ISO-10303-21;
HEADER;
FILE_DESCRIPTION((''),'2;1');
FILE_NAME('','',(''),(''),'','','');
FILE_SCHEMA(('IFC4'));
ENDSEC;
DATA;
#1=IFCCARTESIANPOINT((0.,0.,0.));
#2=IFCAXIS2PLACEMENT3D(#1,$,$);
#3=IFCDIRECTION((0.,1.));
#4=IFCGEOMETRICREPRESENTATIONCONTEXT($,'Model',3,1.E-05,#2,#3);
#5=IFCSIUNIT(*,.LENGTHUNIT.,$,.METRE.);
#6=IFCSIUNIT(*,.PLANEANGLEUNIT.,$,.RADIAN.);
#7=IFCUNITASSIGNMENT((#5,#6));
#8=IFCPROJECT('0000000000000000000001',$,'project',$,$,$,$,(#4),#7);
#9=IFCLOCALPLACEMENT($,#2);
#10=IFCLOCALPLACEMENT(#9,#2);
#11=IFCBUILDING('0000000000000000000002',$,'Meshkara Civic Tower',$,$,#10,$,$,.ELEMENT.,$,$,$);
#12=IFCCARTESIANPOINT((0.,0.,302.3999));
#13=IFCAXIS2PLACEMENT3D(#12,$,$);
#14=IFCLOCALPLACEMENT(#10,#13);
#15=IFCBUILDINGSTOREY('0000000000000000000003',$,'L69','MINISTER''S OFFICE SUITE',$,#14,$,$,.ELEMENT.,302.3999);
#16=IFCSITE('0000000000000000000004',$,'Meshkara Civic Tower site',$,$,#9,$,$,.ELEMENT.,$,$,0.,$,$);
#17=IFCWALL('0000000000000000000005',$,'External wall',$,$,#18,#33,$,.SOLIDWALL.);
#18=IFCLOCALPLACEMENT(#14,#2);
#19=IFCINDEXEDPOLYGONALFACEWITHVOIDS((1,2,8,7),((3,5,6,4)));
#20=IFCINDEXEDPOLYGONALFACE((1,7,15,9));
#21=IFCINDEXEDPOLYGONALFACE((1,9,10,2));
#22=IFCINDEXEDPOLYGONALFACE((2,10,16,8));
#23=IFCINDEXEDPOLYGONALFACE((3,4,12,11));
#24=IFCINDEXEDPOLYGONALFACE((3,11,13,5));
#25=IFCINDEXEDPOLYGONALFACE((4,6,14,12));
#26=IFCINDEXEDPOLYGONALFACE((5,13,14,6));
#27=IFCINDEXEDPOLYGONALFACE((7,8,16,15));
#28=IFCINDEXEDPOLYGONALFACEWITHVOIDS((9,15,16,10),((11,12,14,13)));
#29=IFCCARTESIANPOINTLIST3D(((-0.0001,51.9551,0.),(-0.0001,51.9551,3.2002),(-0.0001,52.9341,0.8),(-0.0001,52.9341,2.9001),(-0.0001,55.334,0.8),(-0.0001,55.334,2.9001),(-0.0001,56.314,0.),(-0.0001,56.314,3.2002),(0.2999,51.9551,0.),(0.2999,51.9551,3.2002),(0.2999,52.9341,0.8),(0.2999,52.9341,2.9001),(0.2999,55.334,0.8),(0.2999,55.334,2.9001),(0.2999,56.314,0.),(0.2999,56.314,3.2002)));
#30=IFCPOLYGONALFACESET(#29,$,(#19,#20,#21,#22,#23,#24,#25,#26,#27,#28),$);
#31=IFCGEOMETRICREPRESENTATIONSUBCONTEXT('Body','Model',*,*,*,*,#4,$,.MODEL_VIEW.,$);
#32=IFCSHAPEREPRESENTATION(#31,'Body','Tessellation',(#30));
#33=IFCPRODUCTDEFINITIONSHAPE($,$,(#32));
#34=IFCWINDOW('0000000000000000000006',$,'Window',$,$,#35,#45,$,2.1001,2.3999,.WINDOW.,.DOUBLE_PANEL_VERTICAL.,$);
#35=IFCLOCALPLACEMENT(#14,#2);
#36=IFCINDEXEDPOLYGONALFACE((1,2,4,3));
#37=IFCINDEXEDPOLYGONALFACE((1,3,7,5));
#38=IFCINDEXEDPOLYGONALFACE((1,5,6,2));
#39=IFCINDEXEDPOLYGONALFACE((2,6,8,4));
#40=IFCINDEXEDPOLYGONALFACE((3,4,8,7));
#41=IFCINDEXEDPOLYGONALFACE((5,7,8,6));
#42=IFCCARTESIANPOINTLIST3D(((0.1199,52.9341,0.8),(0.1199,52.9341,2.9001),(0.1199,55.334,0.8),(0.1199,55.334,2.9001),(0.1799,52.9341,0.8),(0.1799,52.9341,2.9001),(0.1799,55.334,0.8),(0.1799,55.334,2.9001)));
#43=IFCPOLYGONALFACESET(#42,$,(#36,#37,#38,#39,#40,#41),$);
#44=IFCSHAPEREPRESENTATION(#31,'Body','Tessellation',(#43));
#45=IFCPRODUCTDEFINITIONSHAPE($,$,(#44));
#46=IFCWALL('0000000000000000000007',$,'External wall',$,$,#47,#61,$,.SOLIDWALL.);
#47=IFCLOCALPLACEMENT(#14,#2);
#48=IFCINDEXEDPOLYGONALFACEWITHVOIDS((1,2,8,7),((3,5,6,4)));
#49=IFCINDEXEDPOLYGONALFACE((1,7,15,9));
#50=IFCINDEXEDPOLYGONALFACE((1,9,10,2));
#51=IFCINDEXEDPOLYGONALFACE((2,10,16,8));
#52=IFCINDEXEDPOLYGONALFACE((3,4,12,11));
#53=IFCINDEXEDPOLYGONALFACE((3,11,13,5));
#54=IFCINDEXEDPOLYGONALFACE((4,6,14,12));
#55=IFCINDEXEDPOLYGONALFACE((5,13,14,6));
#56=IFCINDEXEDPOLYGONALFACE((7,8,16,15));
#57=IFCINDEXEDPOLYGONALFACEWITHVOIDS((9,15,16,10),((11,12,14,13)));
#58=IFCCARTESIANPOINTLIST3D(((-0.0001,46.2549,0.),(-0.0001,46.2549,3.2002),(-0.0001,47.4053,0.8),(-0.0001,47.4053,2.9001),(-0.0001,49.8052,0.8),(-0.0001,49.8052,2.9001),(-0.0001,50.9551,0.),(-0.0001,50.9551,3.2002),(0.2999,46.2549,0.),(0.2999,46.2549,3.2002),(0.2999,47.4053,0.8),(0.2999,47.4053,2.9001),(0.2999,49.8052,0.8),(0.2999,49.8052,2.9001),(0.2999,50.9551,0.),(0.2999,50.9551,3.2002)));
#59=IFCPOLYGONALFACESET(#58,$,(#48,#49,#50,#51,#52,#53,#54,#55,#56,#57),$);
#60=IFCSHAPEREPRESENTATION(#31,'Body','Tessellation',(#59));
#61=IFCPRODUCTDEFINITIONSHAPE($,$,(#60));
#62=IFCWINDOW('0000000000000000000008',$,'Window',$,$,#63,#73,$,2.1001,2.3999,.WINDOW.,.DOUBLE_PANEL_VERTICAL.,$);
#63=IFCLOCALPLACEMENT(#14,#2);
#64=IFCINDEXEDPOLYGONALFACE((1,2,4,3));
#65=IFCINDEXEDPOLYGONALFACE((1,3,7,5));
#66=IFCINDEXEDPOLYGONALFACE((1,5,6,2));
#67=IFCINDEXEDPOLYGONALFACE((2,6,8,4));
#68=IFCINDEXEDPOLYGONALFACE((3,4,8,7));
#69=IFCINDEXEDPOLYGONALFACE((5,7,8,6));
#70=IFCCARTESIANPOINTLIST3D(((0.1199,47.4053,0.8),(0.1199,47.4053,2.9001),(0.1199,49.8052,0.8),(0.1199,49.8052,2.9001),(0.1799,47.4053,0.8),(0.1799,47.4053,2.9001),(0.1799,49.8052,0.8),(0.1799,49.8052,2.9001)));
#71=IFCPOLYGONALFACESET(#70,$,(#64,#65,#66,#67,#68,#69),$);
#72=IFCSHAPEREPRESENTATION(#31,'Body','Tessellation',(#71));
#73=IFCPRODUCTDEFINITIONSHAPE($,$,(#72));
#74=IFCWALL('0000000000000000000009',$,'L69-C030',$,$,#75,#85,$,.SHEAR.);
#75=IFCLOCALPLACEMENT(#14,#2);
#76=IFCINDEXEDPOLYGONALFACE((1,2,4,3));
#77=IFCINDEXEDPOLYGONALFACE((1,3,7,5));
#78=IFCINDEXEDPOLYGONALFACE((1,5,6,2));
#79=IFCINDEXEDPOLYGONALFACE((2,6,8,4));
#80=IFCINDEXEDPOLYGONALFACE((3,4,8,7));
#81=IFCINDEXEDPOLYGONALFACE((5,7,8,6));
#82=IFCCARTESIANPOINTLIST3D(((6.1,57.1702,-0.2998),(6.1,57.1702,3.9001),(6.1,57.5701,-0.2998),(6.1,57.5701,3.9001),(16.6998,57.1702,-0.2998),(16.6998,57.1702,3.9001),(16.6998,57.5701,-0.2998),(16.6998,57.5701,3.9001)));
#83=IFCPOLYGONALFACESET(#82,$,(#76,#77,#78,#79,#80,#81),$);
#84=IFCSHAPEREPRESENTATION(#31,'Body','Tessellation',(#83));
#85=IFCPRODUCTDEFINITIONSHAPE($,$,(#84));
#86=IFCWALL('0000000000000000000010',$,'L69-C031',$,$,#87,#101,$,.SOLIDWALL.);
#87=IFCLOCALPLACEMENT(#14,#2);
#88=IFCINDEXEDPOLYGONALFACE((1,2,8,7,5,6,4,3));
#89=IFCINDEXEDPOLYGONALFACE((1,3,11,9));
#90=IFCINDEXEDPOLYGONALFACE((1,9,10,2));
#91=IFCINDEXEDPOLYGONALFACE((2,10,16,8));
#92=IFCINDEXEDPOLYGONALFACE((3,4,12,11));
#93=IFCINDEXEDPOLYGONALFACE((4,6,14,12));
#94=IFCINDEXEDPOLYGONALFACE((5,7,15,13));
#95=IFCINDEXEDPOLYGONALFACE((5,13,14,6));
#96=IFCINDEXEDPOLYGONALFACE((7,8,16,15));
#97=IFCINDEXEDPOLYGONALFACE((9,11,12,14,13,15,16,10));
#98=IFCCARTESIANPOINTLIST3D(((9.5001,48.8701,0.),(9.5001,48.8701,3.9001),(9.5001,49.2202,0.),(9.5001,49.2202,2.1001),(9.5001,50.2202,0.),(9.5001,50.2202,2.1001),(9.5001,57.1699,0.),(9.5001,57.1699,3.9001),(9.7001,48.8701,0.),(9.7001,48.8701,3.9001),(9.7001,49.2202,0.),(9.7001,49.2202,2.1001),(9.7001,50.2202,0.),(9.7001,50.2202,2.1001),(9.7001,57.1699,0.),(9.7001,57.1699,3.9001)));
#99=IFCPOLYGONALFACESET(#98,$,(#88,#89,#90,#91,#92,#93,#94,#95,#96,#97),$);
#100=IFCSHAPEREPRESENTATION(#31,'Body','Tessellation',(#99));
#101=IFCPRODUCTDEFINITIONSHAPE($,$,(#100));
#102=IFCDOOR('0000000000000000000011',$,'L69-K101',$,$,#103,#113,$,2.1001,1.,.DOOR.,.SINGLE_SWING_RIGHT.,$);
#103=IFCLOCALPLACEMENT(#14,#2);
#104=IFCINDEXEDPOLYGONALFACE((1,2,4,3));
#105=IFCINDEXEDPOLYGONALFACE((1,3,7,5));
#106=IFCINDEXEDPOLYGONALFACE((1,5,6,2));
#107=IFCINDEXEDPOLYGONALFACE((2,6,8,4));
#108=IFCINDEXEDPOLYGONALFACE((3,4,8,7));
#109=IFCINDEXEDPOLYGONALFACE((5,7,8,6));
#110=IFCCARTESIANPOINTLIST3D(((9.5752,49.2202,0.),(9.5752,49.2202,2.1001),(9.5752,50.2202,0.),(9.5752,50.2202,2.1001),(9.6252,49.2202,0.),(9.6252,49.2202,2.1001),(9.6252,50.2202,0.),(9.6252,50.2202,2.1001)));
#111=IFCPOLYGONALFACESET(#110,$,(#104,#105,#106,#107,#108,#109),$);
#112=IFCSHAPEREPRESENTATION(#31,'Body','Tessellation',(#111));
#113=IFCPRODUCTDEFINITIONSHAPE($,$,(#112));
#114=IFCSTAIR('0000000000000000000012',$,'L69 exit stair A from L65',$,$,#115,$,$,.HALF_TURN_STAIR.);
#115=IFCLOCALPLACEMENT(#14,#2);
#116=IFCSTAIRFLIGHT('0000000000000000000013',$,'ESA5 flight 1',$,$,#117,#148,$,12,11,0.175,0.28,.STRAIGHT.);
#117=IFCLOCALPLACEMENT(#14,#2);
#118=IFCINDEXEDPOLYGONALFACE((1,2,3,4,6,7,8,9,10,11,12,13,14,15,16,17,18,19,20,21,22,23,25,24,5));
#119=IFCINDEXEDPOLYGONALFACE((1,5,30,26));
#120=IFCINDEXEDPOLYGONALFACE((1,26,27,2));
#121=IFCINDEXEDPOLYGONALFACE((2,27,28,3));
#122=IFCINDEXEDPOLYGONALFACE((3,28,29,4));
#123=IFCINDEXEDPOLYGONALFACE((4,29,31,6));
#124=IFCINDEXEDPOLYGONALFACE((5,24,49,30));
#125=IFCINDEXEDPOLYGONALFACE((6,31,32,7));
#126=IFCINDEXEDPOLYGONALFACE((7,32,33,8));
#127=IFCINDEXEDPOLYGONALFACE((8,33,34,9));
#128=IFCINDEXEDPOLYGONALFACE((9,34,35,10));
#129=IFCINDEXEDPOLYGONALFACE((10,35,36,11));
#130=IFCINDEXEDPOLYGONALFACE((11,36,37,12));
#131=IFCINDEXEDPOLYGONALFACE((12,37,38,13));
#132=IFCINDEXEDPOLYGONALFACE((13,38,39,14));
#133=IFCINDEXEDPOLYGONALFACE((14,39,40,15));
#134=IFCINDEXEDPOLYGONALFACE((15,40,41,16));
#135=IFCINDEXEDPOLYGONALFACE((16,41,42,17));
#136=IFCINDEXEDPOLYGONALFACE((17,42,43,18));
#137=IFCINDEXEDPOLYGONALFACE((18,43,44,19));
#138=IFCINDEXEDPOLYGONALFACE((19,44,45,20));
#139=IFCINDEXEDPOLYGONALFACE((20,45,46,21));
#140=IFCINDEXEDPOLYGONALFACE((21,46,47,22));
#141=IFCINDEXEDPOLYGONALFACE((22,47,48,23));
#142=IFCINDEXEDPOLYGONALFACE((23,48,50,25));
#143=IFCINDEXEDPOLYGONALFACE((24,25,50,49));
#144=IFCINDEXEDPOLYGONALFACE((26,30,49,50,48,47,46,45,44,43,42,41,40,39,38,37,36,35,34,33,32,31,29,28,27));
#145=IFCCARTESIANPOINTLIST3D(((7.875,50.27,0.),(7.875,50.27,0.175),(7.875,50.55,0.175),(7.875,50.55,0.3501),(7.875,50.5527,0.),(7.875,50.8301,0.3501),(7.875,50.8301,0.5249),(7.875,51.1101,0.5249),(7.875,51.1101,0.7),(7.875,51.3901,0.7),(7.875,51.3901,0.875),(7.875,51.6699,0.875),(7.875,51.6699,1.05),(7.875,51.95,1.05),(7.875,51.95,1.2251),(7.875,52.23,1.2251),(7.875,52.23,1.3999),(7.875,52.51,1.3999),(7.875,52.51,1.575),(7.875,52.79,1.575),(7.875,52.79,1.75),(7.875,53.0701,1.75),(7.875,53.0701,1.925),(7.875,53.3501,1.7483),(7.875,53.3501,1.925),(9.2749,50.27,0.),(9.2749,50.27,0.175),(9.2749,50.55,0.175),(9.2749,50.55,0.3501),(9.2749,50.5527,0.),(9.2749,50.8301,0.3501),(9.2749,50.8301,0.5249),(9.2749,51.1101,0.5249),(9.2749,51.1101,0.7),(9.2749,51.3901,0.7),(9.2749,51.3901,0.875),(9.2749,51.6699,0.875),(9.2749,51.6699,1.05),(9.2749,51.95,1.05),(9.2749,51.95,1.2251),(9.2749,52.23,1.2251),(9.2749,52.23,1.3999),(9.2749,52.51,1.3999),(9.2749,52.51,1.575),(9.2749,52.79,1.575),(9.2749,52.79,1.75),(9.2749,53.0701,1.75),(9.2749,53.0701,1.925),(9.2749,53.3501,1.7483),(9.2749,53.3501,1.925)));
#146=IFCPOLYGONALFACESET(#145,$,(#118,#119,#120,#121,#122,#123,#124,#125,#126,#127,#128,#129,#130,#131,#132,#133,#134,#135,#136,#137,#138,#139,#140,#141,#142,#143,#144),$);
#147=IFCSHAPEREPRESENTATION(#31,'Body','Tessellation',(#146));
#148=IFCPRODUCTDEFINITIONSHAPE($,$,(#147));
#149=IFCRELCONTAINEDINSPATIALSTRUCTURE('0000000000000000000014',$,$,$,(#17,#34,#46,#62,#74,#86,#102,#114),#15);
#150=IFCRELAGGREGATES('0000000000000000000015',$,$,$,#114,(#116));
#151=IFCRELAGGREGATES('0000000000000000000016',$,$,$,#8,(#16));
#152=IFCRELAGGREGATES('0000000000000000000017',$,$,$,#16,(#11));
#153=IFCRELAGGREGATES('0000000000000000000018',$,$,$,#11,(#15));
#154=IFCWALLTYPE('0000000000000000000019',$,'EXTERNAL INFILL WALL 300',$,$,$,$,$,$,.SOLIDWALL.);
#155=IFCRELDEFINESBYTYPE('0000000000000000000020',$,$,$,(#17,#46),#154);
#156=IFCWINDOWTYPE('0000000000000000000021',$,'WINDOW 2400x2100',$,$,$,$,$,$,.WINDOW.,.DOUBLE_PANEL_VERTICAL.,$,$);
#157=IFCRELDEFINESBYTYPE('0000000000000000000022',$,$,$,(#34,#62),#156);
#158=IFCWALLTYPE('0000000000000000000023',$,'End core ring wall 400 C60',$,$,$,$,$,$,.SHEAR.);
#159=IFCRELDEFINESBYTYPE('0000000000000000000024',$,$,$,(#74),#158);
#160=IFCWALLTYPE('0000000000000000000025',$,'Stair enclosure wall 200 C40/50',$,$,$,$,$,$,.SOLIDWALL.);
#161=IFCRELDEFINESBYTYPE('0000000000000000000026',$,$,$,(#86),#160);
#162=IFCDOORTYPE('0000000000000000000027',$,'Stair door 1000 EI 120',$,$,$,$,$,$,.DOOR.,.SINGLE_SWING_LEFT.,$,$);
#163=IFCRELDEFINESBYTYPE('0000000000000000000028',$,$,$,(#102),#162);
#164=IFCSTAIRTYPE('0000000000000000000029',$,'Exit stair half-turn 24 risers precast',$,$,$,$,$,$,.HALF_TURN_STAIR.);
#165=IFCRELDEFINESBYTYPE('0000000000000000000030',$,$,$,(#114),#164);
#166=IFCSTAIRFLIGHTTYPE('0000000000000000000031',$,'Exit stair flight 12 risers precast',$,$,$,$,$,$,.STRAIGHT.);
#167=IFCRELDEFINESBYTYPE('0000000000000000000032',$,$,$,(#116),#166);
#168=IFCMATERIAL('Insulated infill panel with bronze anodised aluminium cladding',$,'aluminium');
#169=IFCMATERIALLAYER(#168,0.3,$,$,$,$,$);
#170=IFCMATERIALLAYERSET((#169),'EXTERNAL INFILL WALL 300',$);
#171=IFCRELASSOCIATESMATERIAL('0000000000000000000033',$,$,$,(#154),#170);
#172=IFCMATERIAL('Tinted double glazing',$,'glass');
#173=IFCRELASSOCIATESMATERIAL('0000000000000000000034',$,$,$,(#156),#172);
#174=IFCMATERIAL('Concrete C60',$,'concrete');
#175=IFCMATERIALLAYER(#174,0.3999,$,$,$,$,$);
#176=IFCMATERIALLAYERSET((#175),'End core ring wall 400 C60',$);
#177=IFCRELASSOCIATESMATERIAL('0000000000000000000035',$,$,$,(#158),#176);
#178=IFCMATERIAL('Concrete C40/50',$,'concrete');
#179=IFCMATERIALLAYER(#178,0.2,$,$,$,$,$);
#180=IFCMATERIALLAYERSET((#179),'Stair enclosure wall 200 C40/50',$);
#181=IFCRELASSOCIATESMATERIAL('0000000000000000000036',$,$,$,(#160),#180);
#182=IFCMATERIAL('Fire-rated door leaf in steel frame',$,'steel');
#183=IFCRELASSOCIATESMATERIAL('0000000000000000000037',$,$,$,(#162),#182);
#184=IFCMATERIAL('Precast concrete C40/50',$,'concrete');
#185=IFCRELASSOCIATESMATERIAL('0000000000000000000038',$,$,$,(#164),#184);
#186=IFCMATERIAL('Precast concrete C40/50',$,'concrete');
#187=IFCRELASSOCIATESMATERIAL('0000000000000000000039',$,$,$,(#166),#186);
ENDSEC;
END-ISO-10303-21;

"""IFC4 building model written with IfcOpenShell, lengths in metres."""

from ifc_helpers import new_model, si_unit, direction, frame, frame_2d, origin, place, context, subcontext, project, spatial, polyline, rectangle, outline, extrude, material, layer, layer_set, type_object, element, fill, aggregate, save


model = new_model("IFC4")

# Units and contexts
model_context = context("Model", 3, precision=1e-05, world=origin(), true_north=direction((0.0, 1.0)))
body_context = subcontext(model_context, "Body", "Model", "MODEL_VIEW")
ifc_project = project(units=[si_unit("LENGTHUNIT", "METRE"), si_unit("PLANEANGLEUNIT", "RADIAN")], contexts=[model_context])

# Site, building, storey
site_placement = place(None, origin())
site = spatial("IfcSite", under=ifc_project, at=site_placement, Name="Meshkara Civic Tower site", CompositionType="ELEMENT", RefElevation=0.0)
building_placement = place(site_placement, origin())
building = spatial("IfcBuilding", under=site, at=building_placement, Name="Meshkara Civic Tower", CompositionType="ELEMENT")
storey_placement = place(building_placement, frame((0.0, 0.0, 302.3999)))
storey = spatial("IfcBuildingStorey", under=building, at=storey_placement, Name="L69", Description="MINISTER'S OFFICE SUITE", CompositionType="ELEMENT", Elevation=302.3999)

# Walls, openings, windows
ifc_material_1 = material(Name="Insulated infill panel with bronze anodised aluminium cladding", Category="aluminium")
ifc_layer_1 = layer(ifc_material_1, 0.3)
ifc_layer_set_1 = layer_set([ifc_layer_1], Name="EXTERNAL INFILL WALL 300")
wall_type_1 = type_object("IfcWallType", Name="EXTERNAL INFILL WALL 300", PredefinedType="SOLIDWALL", material=ifc_layer_set_1)
ifc_material_2 = material(Name="Tinted double glazing", Category="glass")
window_type = type_object("IfcWindowType", Name="WINDOW 2400x2100", PartitioningType="DOUBLE_PANEL_VERTICAL", PredefinedType="WINDOW", material=ifc_material_2)
wall_1_placement = place(storey_placement, frame((0.1499, 56.314, 0.0), z_axis=(0.0, 0.0, 1.0), x_axis=(0.0, -1.0, 0.0)))
wall_1 = element("IfcWall", 1, at=wall_1_placement, inside=storey, type_object=wall_type_1, Name="External wall", PredefinedType="SOLIDWALL", context=body_context, shape_type="SweptSolid", body=[
    extrude(rectangle(XDim=4.3589, YDim=0.3, at=frame_2d((2.1794, 0.0))), origin(), (0.0, 0.0, 1.0), 3.2002),
])
opening_1_placement = place(wall_1_placement, frame((0.98, 0.0, 0.8)))
opening_1 = element("IfcOpeningElement", 2, at=opening_1_placement, cuts=wall_1, PredefinedType="OPENING", context=body_context, shape_type="SweptSolid", body=[
    extrude(rectangle(XDim=2.3999, YDim=2.1001, at=frame_2d((1.2, 1.05))), frame((0.0, 0.1599, 0.0), z_axis=(0.0, -1.0, 0.0), x_axis=(1.0, 0.0, 0.0)), (0.0, 0.0, 1.0), 0.3201),
])
window_1_placement = place(opening_1_placement, origin())
window_1 = element("IfcWindow", 3, at=window_1_placement, inside=storey, type_object=window_type, Name="Window", OverallHeight=2.1001, OverallWidth=2.3999, PartitioningType="DOUBLE_PANEL_VERTICAL", PredefinedType="WINDOW", context=body_context, shape_type="SweptSolid", body=[
    extrude(rectangle(XDim=2.3999, YDim=2.1001, at=frame_2d((1.2, 1.05))), frame((0.0, 0.03, 0.0), z_axis=(0.0, -1.0, 0.0), x_axis=(1.0, 0.0, 0.0)), (0.0, 0.0, 1.0), 0.0601),
])
fill(opening_1, window_1)
wall_2_placement = place(storey_placement, frame((0.1499, 50.9551, 0.0), z_axis=(0.0, 0.0, 1.0), x_axis=(0.0, -1.0, 0.0)))
wall_2 = element("IfcWall", 4, at=wall_2_placement, inside=storey, type_object=wall_type_1, Name="External wall", PredefinedType="SOLIDWALL", context=body_context, shape_type="SweptSolid", body=[
    extrude(rectangle(XDim=4.7002, YDim=0.3, at=frame_2d((2.3501, 0.0))), origin(), (0.0, 0.0, 1.0), 3.2002),
])
opening_2_placement = place(wall_2_placement, frame((1.1499, 0.0, 0.8)))
opening_2 = element("IfcOpeningElement", 5, at=opening_2_placement, cuts=wall_2, PredefinedType="OPENING", context=body_context, shape_type="SweptSolid", body=[
    extrude(rectangle(XDim=2.3999, YDim=2.1001, at=frame_2d((1.2, 1.05))), frame((0.0, 0.1599, 0.0), z_axis=(0.0, -1.0, 0.0), x_axis=(1.0, 0.0, 0.0)), (0.0, 0.0, 1.0), 0.3201),
])
window_2_placement = place(opening_2_placement, origin())
window_2 = element("IfcWindow", 6, at=window_2_placement, inside=storey, type_object=window_type, Name="Window", OverallHeight=2.1001, OverallWidth=2.3999, PartitioningType="DOUBLE_PANEL_VERTICAL", PredefinedType="WINDOW", context=body_context, shape_type="SweptSolid", body=[
    extrude(rectangle(XDim=2.3999, YDim=2.1001, at=frame_2d((1.2, 1.05))), frame((0.0, 0.03, 0.0), z_axis=(0.0, -1.0, 0.0), x_axis=(1.0, 0.0, 0.0)), (0.0, 0.0, 1.0), 0.0601),
])
fill(opening_2, window_2)

# Wall
ifc_material_3 = material(Name="Concrete C60", Category="concrete")
ifc_layer_2 = layer(ifc_material_3, 0.3999)
ifc_layer_set_2 = layer_set([ifc_layer_2], Name="End core ring wall 400 C60")
wall_type_2 = type_object("IfcWallType", Name="End core ring wall 400 C60", PredefinedType="SHEAR", material=ifc_layer_set_2)
wall_3_placement = place(storey_placement, frame((6.1001, 57.3701, -0.2998), z_axis=(0.0, 0.0, 1.0), x_axis=(1.0, 0.0, 0.0)))
element("IfcWall", 7, at=wall_3_placement, inside=storey, type_object=wall_type_2, Name="L69-C030", PredefinedType="SHEAR", context=body_context, shape_type="SweptSolid", body=[
    extrude(rectangle(XDim=10.5999, YDim=0.3999, at=frame_2d((5.2998, 0.0))), origin(), (0.0, 0.0, 1.0), 4.2),
])

# Wall, opening, door
ifc_material_4 = material(Name="Concrete C40/50", Category="concrete")
ifc_layer_3 = layer(ifc_material_4, 0.2)
ifc_layer_set_3 = layer_set([ifc_layer_3], Name="Stair enclosure wall 200 C40/50")
wall_type_3 = type_object("IfcWallType", Name="Stair enclosure wall 200 C40/50", PredefinedType="SOLIDWALL", material=ifc_layer_set_3)
wall_4_placement = place(storey_placement, frame((9.6001, 48.8701, 0.0), z_axis=(0.0, 0.0, 1.0), x_axis=(0.0, 1.0, 0.0)))
wall_4 = element("IfcWall", 8, at=wall_4_placement, inside=storey, type_object=wall_type_3, Name="L69-C031", PredefinedType="SOLIDWALL", context=body_context, shape_type="SweptSolid", body=[
    extrude(rectangle(XDim=8.2998, YDim=0.2, at=frame_2d((4.1499, 0.0))), origin(), (0.0, 0.0, 1.0), 3.9001),
])
opening_3_placement = place(wall_4_placement, frame((0.3501, 0.0, 0.0)))
opening_3 = element("IfcOpeningElement", 9, at=opening_3_placement, cuts=wall_4, PredefinedType="OPENING", context=body_context, shape_type="SweptSolid", body=[
    extrude(rectangle(XDim=1.0, YDim=2.1001, at=frame_2d((0.5, 1.05))), frame((0.0, 0.1099, 0.0), z_axis=(0.0, -1.0, 0.0), x_axis=(1.0, 0.0, 0.0)), (0.0, 0.0, 1.0), 0.22),
])
ifc_material_5 = material(Name="Fire-rated door leaf in steel frame", Category="steel")
door_type = type_object("IfcDoorType", Name="Stair door 1000 EI 120", OperationType="SINGLE_SWING_LEFT", PredefinedType="DOOR", material=ifc_material_5)
door_placement = place(opening_3_placement, origin())
door = element("IfcDoor", 10, at=door_placement, inside=storey, type_object=door_type, Name="L69-K101", OperationType="SINGLE_SWING_RIGHT", OverallHeight=2.1001, OverallWidth=1.0, PredefinedType="DOOR", context=body_context, shape_type="SweptSolid", body=[
    extrude(rectangle(XDim=1.0, YDim=2.1001, at=frame_2d((0.5, 1.05))), frame((0.0, 0.0249, 0.0), z_axis=(0.0, -1.0, 0.0), x_axis=(1.0, 0.0, 0.0)), (0.0, 0.0, 1.0), 0.05),
])
fill(opening_3, door)

# Stair, stair flight
ifc_material_6 = material(Name="Precast concrete C40/50", Category="concrete")
stair_type = type_object("IfcStairType", Name="Exit stair half-turn 24 risers precast", PredefinedType="HALF_TURN_STAIR", material=ifc_material_6)
stair_placement = place(storey_placement, origin())
stair = element("IfcStair", 11, at=stair_placement, inside=storey, type_object=stair_type, Name="L69 exit stair A from L65", PredefinedType="HALF_TURN_STAIR")
ifc_material_7 = material(Name="Precast concrete C40/50", Category="concrete")
stair_flight_type = type_object("IfcStairFlightType", Name="Exit stair flight 12 risers precast", PredefinedType="STRAIGHT", material=ifc_material_7)
stair_flight_1_placement = place(storey_placement, frame((8.575, 50.27, 0.0), z_axis=(0.0, 0.0, 1.0), x_axis=(0.0, 1.0, 0.0)))
stair_flight_1 = element("IfcStairFlight", 12, at=stair_flight_1_placement, type_object=stair_flight_type, Name="ESA5 flight 1", NumberOfRisers=12, NumberOfTreads=11, PredefinedType="STRAIGHT", RiserHeight=0.175, TreadLength=0.28, context=body_context, shape_type="SweptSolid", body=[
    extrude(outline(polyline([(0.0, 0.0), (0.0, 0.175), (0.28, 0.175), (0.28, 0.3501), (0.5601, 0.3501), (0.5601, 0.5249), (0.8401, 0.5249), (0.8401, 0.7), (1.1201, 0.7), (1.1201, 0.875), (1.3999, 0.875), (1.3999, 1.05), (1.6799, 1.05), (1.6799, 1.2251), (1.96, 1.2251), (1.96, 1.3999), (2.24, 1.3999), (2.24, 1.575), (2.52, 1.575), (2.52, 1.75), (2.8, 1.75), (2.8, 1.925), (3.0801, 1.925), (3.0801, 2.1001), (3.0801, 1.7483), (0.2827, 0.0), (0.0, 0.0)])), frame((0.0, 0.7, 0.0), z_axis=(0.0, -1.0, 0.0), x_axis=(1.0, 0.0, 0.0)), (0.0, 0.0, 1.0), 1.3999),
])
aggregate(stair, [stair_flight_1])

save(model, "model.ifc")
